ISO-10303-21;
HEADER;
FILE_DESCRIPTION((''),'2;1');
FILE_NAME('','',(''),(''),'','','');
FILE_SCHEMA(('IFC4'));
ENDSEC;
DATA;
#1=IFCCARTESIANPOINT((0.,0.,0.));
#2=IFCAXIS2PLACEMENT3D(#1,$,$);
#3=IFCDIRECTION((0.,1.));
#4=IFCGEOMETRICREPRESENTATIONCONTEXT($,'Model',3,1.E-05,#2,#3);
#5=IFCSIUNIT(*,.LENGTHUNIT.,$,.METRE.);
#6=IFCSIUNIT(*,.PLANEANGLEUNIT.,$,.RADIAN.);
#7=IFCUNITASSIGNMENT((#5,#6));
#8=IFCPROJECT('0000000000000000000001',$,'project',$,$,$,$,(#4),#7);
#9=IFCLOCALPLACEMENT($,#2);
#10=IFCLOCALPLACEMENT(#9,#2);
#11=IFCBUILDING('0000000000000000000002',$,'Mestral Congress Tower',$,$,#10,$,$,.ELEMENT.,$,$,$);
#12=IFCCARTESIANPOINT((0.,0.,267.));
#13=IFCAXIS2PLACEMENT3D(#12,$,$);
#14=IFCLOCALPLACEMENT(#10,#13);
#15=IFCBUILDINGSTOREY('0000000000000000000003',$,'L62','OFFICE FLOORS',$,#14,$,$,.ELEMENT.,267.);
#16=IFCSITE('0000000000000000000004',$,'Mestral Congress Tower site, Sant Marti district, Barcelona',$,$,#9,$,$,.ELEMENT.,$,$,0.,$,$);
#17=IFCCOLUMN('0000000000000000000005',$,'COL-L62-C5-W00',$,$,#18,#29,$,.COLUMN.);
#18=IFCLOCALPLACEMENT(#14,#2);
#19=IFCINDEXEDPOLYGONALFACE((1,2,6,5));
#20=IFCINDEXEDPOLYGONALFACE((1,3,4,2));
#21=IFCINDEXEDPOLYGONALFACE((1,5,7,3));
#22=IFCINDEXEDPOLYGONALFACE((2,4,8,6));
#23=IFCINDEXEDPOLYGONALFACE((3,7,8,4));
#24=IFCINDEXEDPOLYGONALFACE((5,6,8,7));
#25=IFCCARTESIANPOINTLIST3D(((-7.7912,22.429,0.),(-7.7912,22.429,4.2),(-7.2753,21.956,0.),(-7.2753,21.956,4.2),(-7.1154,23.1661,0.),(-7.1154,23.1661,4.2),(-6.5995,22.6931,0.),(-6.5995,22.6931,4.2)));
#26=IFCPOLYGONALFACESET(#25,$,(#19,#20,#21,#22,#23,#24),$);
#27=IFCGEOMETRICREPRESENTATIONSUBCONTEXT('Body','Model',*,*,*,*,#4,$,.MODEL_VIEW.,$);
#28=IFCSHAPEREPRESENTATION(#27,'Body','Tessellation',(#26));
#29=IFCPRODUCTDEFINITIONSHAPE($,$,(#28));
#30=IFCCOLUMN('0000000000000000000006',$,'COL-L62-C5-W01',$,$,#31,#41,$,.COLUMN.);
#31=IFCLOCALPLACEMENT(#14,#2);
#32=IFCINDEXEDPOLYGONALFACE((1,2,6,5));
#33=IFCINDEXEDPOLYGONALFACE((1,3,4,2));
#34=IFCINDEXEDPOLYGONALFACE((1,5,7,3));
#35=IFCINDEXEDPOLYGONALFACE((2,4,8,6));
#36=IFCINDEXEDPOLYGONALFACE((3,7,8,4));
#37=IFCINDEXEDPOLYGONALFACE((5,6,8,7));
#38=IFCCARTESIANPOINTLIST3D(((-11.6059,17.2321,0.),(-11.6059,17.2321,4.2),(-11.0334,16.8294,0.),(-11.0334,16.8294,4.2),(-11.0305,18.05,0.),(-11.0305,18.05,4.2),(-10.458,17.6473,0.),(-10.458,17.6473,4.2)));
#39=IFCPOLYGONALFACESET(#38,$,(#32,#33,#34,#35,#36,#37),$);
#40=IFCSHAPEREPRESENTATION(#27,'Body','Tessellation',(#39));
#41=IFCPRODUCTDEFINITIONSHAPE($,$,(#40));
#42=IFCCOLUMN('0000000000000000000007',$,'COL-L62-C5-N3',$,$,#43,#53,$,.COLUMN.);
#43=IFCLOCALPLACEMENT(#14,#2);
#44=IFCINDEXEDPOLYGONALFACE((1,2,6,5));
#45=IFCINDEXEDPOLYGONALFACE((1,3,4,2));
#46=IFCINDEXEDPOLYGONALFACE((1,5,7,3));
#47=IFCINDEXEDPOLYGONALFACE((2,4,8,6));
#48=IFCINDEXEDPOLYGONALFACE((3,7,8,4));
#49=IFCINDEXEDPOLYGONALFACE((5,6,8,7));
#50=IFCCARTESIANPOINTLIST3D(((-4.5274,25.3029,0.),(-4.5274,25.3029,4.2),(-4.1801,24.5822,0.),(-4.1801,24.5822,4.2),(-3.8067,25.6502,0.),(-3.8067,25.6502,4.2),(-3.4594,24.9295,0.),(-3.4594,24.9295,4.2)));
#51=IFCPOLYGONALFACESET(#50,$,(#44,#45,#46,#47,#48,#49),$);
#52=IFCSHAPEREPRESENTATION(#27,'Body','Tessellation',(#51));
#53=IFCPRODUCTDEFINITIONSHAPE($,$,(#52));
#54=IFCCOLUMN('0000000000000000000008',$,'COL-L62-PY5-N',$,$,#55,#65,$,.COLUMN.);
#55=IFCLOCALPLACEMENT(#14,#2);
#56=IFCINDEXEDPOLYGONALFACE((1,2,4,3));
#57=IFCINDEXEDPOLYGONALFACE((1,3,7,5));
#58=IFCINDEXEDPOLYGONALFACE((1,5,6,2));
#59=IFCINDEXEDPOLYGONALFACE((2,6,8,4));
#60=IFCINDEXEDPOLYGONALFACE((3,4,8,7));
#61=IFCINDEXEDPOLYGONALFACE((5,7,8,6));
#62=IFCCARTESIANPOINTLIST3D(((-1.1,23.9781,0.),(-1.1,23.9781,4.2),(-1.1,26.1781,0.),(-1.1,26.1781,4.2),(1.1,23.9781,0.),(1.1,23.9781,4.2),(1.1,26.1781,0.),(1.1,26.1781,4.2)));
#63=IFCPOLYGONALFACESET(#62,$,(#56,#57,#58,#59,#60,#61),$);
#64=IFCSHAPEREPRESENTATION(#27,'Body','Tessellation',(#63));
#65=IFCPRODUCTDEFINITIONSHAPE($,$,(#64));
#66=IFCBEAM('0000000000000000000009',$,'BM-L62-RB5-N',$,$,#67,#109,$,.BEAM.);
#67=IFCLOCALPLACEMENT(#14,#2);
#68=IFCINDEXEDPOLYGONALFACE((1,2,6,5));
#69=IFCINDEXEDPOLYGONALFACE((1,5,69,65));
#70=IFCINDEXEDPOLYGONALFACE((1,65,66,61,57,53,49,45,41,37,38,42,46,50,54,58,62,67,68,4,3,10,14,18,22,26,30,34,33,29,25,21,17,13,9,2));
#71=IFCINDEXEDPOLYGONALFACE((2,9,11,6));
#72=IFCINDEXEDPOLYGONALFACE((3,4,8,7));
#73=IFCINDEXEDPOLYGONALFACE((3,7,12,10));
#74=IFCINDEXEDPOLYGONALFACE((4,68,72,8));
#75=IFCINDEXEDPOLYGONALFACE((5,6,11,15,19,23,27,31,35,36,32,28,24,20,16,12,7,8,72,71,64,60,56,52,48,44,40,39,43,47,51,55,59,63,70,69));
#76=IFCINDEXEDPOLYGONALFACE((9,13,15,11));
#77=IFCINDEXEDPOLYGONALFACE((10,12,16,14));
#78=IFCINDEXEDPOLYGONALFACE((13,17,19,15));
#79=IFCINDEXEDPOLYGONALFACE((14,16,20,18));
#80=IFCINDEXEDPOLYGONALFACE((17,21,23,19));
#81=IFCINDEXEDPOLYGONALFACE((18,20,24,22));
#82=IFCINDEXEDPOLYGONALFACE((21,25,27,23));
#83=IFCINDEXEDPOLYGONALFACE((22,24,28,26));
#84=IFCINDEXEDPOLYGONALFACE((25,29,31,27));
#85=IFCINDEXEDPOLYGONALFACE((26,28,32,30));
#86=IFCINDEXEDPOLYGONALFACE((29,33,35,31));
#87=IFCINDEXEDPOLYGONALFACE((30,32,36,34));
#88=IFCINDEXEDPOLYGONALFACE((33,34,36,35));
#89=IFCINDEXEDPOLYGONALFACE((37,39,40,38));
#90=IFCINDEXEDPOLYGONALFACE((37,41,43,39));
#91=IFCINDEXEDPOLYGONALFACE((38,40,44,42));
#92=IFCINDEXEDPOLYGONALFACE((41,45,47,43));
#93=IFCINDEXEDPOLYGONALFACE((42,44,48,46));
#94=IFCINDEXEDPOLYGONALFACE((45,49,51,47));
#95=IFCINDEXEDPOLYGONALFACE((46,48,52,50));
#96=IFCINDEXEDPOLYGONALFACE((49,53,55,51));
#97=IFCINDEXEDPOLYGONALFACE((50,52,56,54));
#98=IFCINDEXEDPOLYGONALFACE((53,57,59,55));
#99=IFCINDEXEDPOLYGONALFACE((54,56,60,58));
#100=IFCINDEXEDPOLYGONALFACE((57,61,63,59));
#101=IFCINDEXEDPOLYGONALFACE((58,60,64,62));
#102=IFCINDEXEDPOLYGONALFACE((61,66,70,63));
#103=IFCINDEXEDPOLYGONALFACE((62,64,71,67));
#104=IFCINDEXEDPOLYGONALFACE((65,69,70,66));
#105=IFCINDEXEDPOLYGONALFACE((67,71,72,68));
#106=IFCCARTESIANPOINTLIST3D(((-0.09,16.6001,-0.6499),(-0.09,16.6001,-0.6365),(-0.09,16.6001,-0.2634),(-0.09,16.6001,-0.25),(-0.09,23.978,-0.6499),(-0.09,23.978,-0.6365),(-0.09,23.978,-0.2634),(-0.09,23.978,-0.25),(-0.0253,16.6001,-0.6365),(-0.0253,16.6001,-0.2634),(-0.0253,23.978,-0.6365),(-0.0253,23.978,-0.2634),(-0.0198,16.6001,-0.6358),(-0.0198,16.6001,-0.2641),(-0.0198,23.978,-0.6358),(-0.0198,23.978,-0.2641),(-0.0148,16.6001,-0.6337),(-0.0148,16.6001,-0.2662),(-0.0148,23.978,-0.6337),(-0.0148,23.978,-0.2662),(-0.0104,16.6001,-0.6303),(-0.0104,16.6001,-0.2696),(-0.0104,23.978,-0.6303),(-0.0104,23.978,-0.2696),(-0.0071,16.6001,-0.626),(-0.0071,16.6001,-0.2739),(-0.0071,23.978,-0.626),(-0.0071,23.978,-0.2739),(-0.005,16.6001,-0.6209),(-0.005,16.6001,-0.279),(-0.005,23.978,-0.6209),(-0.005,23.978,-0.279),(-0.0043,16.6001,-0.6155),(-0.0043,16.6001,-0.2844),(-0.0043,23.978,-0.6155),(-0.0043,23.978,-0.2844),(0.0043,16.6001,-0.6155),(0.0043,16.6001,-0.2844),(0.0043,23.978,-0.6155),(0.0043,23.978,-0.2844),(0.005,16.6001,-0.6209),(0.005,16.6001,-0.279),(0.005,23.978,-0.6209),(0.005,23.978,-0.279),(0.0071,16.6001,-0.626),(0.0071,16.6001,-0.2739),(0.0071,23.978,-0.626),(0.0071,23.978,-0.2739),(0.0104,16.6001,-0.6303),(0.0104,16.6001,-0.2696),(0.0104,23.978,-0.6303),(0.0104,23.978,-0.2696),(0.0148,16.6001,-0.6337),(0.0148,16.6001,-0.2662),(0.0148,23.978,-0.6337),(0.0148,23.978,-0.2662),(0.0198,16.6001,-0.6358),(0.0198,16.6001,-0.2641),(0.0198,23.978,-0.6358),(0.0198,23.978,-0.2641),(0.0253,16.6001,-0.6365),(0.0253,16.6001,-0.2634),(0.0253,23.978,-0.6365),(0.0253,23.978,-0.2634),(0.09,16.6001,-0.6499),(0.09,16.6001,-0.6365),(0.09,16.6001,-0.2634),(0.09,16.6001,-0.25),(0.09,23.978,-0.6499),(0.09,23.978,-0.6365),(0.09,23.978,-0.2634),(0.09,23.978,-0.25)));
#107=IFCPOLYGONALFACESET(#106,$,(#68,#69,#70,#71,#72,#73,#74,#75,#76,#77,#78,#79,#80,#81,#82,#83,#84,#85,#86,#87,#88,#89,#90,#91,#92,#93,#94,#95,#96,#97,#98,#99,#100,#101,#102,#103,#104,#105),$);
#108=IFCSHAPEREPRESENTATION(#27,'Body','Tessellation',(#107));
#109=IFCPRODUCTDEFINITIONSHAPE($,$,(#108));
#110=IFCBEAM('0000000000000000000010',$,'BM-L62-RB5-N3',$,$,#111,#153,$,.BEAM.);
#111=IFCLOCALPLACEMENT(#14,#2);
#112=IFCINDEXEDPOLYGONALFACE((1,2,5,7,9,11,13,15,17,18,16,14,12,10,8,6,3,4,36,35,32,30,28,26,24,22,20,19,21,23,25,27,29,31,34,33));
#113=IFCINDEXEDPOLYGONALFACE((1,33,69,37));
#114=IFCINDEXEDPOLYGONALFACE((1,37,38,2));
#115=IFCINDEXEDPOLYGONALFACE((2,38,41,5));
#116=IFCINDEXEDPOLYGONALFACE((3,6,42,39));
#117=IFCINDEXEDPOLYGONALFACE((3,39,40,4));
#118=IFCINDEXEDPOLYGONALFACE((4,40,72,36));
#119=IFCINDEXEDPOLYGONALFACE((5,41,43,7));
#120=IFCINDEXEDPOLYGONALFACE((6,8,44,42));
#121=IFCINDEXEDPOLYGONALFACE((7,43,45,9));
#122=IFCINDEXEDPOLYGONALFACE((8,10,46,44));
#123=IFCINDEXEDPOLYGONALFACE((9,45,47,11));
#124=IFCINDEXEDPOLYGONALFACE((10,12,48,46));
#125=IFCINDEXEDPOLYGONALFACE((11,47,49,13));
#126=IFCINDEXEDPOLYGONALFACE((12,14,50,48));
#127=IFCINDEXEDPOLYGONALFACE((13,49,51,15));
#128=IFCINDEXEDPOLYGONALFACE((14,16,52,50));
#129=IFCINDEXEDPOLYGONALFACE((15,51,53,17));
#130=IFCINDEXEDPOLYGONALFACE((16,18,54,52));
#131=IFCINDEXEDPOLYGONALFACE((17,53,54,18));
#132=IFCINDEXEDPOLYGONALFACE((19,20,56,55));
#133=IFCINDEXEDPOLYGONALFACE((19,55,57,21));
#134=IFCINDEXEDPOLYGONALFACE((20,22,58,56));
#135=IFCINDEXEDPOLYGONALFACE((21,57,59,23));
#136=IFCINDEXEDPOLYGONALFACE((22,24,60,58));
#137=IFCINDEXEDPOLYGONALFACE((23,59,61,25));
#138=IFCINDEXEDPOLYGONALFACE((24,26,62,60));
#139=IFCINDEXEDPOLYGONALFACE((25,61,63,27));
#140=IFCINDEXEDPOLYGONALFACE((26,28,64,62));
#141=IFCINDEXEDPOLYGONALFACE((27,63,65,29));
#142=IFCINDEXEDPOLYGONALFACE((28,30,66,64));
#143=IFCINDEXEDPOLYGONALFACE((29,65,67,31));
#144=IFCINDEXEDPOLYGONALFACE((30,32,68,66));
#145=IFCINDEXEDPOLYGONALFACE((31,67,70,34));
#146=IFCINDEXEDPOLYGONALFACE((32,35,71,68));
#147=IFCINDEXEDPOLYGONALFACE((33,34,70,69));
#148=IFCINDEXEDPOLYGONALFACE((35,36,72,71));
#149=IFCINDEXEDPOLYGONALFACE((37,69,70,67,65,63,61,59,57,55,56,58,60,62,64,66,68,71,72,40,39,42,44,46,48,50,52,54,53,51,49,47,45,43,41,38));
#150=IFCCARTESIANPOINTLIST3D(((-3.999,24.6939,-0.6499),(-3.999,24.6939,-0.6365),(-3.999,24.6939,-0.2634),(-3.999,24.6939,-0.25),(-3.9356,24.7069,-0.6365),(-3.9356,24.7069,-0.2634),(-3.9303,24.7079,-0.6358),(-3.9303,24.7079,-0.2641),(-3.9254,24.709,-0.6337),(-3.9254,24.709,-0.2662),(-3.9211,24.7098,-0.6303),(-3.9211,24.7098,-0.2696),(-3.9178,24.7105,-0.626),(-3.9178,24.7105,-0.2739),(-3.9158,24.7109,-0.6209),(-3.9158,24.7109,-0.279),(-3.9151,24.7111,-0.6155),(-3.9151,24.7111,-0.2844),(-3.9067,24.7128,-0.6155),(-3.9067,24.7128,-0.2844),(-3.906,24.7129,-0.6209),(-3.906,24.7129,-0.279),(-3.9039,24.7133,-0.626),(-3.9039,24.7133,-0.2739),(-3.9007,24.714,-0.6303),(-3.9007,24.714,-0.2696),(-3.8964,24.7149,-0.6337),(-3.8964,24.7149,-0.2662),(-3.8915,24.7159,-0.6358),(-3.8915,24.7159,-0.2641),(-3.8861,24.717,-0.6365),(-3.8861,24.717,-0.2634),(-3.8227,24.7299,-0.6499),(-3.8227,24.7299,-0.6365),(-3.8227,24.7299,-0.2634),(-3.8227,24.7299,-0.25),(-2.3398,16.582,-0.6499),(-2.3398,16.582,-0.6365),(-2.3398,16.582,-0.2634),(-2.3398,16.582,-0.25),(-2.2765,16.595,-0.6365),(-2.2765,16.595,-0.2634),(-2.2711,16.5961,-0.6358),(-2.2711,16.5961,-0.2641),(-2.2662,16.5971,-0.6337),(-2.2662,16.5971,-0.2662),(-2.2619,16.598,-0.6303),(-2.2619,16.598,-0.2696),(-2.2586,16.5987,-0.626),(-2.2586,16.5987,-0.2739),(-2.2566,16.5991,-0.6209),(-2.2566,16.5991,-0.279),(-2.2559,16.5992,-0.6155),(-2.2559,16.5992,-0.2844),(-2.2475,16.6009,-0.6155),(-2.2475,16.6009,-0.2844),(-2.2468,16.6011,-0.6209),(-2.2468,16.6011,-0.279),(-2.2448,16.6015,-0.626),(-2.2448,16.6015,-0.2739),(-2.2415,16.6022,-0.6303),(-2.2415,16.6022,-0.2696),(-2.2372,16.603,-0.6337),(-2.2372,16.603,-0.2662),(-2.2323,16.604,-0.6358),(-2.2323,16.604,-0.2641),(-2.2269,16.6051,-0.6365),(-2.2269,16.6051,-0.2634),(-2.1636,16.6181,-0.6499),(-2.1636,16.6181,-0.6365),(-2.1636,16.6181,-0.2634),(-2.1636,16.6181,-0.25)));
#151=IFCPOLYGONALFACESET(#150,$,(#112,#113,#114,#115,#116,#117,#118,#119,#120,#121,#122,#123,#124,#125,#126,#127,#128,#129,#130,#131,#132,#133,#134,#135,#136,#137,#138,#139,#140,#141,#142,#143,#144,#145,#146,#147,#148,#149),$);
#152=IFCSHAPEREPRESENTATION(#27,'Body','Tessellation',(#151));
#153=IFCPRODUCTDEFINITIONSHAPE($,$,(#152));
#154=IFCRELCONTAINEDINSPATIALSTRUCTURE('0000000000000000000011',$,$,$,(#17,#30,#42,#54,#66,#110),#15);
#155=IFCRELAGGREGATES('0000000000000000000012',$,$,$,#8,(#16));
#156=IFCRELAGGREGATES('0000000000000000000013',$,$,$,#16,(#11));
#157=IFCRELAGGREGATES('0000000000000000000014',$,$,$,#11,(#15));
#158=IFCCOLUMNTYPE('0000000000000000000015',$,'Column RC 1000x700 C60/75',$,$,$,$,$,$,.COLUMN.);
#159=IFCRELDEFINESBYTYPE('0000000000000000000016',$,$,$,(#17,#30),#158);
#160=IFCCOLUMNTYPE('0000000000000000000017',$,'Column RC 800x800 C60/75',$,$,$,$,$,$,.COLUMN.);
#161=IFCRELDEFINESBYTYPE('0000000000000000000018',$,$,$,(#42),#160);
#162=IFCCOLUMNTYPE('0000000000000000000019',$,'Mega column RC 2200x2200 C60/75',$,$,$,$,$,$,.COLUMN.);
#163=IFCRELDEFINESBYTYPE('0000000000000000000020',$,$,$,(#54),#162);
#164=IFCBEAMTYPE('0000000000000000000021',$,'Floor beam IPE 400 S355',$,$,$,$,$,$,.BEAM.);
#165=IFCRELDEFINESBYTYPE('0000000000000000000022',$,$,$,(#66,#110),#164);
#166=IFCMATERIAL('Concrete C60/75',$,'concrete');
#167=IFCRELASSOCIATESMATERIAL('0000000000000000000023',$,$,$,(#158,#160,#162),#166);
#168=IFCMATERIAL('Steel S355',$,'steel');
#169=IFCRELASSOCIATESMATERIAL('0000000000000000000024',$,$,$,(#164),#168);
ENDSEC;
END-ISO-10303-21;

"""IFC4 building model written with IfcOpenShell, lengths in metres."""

from ifc_helpers import new_model, si_unit, direction, frame, origin, origin_2d, place, context, subcontext, project, spatial, rectangle, i_section, extrude, material, material_profile, profile_set, type_object, element, save


model = new_model("IFC4")

# Units and contexts
model_context = context("Model", 3, precision=1e-05, world=origin(), true_north=direction((0.0, 1.0)))
body_context = subcontext(model_context, "Body", "Model", "MODEL_VIEW")
ifc_project = project(units=[si_unit("LENGTHUNIT", "METRE"), si_unit("PLANEANGLEUNIT", "RADIAN")], contexts=[model_context])

# Site, building, storey
site_placement = place(None, origin())
site = spatial("IfcSite", under=ifc_project, at=site_placement, Name="Mestral Congress Tower site, Sant Marti district, Barcelona", CompositionType="ELEMENT", RefElevation=0.0)
building_placement = place(site_placement, origin())
building = spatial("IfcBuilding", under=site, at=building_placement, Name="Mestral Congress Tower", CompositionType="ELEMENT")
storey_placement = place(building_placement, frame((0.0, 0.0, 267.0)))
storey = spatial("IfcBuildingStorey", under=building, at=storey_placement, Name="L62", Description="OFFICE FLOORS", CompositionType="ELEMENT", Elevation=267.0)

# Columns
ifc_material_1 = material(Name="Concrete C60/75", Category="concrete")
ifc_material_profile_1 = material_profile(ifc_material_1, rectangle(XDim=1.0, YDim=0.7, at=origin_2d()), Name="RC 1000x700")
ifc_profile_set_1 = profile_set([ifc_material_profile_1], Name="Concrete C60/75")
column_type_1 = type_object("IfcColumnType", Name="Column RC 1000x700 C60/75", PredefinedType="COLUMN", material=ifc_profile_set_1)
for number, where, z_axis, x_axis, name in (
    (1, (-7.1953, 22.561, 0.0), (0.0, 0.0, 1.0), (-0.675803, -0.737083, 0.0), "COL-L62-C5-W00"),
    (2, (-11.032, 17.4397, 0.0), (0.0, 0.0, 1.0), (-0.575402, -0.817871, 0.0), "COL-L62-C5-W01"),
):
    element("IfcColumn", number, at=place(storey_placement, frame(where, z_axis=z_axis, x_axis=x_axis)), inside=storey, type_object=column_type_1, Name=name, PredefinedType="COLUMN", context=body_context, shape_type="SweptSolid", body=[
        extrude(rectangle(XDim=1.0, YDim=0.7, at=origin_2d()), origin(), (0.0, 0.0, 1.0), 4.2),
    ])
ifc_material_profile_2 = material_profile(ifc_material_1, rectangle(XDim=0.8, YDim=0.8, at=origin_2d()), Name="RC 800x800")
ifc_profile_set_2 = profile_set([ifc_material_profile_2], Name="Concrete C60/75")
column_type_2 = type_object("IfcColumnType", Name="Column RC 800x800 C60/75", PredefinedType="COLUMN", material=ifc_profile_set_2)
column_1_placement = place(storey_placement, frame((-3.9934, 25.1162, 0.0), z_axis=(0.0, 0.0, 1.0), x_axis=(-0.900873, -0.434082, 0.0)))
element("IfcColumn", 3, at=column_1_placement, inside=storey, type_object=column_type_2, Name="COL-L62-C5-N3", PredefinedType="COLUMN", context=body_context, shape_type="SweptSolid", body=[
    extrude(rectangle(XDim=0.8, YDim=0.8, at=origin_2d()), origin(), (0.0, 0.0, 1.0), 4.2),
])
ifc_material_profile_3 = material_profile(ifc_material_1, rectangle(XDim=2.2, YDim=2.2, at=origin_2d()), Name="RC 2200x2200")
ifc_profile_set_3 = profile_set([ifc_material_profile_3], Name="Concrete C60/75")
column_type_3 = type_object("IfcColumnType", Name="Mega column RC 2200x2200 C60/75", PredefinedType="COLUMN", material=ifc_profile_set_3)
column_2_placement = place(storey_placement, frame((0.0, 25.0781, 0.0), z_axis=(0.0, 0.0, 1.0), x_axis=(0.0, 1.0, 0.0)))
element("IfcColumn", 4, at=column_2_placement, inside=storey, type_object=column_type_3, Name="COL-L62-PY5-N", PredefinedType="COLUMN", context=body_context, shape_type="SweptSolid", body=[
    extrude(rectangle(XDim=2.2, YDim=2.2, at=origin_2d()), origin(), (0.0, 0.0, 1.0), 4.2),
])

# Beams
ifc_material_2 = material(Name="Steel S355", Category="steel")
ifc_material_profile_4 = material_profile(ifc_material_2, i_section(OverallWidth=0.1799, OverallDepth=0.3999, WebThickness=0.0085, FlangeThickness=0.0134, FilletRadius=0.021, at=origin_2d()), Name="IPE 400")
ifc_profile_set_4 = profile_set([ifc_material_profile_4], Name="Steel S355")
beam_type_1 = type_object("IfcBeamType", Name="Floor beam IPE 400 S355", PredefinedType="BEAM", material=ifc_profile_set_4)
beam_1_placement = place(storey_placement, frame((0.0, 23.978, -0.45), z_axis=(0.0, -1.0, 0.0), x_axis=(1.0, 0.0, 0.0)))
element("IfcBeam", 5, at=beam_1_placement, inside=storey, type_object=beam_type_1, Name="BM-L62-RB5-N", PredefinedType="BEAM", context=body_context, shape_type="SweptSolid", body=[
    extrude(i_section(OverallWidth=0.1799, OverallDepth=0.3999, WebThickness=0.0085, FlangeThickness=0.0134, FilletRadius=0.021, at=origin_2d()), origin(), (0.0, 0.0, 1.0), 7.3779),
])
beam_2_placement = place(storey_placement, frame((-3.9109, 24.7119, -0.45), z_axis=(0.20039, -0.979716, 0.0), x_axis=(0.979716, 0.20039, 0.0)))
element("IfcBeam", 6, at=beam_2_placement, inside=storey, type_object=beam_type_1, Name="BM-L62-RB5-N3", PredefinedType="BEAM", context=body_context, shape_type="SweptSolid", body=[
    extrude(i_section(OverallWidth=0.1799, OverallDepth=0.3999, WebThickness=0.0085, FlangeThickness=0.0134, FilletRadius=0.021, at=origin_2d()), origin(), (0.0, 0.0, 1.0), 8.2798),
])

save(model, "model.ifc")
